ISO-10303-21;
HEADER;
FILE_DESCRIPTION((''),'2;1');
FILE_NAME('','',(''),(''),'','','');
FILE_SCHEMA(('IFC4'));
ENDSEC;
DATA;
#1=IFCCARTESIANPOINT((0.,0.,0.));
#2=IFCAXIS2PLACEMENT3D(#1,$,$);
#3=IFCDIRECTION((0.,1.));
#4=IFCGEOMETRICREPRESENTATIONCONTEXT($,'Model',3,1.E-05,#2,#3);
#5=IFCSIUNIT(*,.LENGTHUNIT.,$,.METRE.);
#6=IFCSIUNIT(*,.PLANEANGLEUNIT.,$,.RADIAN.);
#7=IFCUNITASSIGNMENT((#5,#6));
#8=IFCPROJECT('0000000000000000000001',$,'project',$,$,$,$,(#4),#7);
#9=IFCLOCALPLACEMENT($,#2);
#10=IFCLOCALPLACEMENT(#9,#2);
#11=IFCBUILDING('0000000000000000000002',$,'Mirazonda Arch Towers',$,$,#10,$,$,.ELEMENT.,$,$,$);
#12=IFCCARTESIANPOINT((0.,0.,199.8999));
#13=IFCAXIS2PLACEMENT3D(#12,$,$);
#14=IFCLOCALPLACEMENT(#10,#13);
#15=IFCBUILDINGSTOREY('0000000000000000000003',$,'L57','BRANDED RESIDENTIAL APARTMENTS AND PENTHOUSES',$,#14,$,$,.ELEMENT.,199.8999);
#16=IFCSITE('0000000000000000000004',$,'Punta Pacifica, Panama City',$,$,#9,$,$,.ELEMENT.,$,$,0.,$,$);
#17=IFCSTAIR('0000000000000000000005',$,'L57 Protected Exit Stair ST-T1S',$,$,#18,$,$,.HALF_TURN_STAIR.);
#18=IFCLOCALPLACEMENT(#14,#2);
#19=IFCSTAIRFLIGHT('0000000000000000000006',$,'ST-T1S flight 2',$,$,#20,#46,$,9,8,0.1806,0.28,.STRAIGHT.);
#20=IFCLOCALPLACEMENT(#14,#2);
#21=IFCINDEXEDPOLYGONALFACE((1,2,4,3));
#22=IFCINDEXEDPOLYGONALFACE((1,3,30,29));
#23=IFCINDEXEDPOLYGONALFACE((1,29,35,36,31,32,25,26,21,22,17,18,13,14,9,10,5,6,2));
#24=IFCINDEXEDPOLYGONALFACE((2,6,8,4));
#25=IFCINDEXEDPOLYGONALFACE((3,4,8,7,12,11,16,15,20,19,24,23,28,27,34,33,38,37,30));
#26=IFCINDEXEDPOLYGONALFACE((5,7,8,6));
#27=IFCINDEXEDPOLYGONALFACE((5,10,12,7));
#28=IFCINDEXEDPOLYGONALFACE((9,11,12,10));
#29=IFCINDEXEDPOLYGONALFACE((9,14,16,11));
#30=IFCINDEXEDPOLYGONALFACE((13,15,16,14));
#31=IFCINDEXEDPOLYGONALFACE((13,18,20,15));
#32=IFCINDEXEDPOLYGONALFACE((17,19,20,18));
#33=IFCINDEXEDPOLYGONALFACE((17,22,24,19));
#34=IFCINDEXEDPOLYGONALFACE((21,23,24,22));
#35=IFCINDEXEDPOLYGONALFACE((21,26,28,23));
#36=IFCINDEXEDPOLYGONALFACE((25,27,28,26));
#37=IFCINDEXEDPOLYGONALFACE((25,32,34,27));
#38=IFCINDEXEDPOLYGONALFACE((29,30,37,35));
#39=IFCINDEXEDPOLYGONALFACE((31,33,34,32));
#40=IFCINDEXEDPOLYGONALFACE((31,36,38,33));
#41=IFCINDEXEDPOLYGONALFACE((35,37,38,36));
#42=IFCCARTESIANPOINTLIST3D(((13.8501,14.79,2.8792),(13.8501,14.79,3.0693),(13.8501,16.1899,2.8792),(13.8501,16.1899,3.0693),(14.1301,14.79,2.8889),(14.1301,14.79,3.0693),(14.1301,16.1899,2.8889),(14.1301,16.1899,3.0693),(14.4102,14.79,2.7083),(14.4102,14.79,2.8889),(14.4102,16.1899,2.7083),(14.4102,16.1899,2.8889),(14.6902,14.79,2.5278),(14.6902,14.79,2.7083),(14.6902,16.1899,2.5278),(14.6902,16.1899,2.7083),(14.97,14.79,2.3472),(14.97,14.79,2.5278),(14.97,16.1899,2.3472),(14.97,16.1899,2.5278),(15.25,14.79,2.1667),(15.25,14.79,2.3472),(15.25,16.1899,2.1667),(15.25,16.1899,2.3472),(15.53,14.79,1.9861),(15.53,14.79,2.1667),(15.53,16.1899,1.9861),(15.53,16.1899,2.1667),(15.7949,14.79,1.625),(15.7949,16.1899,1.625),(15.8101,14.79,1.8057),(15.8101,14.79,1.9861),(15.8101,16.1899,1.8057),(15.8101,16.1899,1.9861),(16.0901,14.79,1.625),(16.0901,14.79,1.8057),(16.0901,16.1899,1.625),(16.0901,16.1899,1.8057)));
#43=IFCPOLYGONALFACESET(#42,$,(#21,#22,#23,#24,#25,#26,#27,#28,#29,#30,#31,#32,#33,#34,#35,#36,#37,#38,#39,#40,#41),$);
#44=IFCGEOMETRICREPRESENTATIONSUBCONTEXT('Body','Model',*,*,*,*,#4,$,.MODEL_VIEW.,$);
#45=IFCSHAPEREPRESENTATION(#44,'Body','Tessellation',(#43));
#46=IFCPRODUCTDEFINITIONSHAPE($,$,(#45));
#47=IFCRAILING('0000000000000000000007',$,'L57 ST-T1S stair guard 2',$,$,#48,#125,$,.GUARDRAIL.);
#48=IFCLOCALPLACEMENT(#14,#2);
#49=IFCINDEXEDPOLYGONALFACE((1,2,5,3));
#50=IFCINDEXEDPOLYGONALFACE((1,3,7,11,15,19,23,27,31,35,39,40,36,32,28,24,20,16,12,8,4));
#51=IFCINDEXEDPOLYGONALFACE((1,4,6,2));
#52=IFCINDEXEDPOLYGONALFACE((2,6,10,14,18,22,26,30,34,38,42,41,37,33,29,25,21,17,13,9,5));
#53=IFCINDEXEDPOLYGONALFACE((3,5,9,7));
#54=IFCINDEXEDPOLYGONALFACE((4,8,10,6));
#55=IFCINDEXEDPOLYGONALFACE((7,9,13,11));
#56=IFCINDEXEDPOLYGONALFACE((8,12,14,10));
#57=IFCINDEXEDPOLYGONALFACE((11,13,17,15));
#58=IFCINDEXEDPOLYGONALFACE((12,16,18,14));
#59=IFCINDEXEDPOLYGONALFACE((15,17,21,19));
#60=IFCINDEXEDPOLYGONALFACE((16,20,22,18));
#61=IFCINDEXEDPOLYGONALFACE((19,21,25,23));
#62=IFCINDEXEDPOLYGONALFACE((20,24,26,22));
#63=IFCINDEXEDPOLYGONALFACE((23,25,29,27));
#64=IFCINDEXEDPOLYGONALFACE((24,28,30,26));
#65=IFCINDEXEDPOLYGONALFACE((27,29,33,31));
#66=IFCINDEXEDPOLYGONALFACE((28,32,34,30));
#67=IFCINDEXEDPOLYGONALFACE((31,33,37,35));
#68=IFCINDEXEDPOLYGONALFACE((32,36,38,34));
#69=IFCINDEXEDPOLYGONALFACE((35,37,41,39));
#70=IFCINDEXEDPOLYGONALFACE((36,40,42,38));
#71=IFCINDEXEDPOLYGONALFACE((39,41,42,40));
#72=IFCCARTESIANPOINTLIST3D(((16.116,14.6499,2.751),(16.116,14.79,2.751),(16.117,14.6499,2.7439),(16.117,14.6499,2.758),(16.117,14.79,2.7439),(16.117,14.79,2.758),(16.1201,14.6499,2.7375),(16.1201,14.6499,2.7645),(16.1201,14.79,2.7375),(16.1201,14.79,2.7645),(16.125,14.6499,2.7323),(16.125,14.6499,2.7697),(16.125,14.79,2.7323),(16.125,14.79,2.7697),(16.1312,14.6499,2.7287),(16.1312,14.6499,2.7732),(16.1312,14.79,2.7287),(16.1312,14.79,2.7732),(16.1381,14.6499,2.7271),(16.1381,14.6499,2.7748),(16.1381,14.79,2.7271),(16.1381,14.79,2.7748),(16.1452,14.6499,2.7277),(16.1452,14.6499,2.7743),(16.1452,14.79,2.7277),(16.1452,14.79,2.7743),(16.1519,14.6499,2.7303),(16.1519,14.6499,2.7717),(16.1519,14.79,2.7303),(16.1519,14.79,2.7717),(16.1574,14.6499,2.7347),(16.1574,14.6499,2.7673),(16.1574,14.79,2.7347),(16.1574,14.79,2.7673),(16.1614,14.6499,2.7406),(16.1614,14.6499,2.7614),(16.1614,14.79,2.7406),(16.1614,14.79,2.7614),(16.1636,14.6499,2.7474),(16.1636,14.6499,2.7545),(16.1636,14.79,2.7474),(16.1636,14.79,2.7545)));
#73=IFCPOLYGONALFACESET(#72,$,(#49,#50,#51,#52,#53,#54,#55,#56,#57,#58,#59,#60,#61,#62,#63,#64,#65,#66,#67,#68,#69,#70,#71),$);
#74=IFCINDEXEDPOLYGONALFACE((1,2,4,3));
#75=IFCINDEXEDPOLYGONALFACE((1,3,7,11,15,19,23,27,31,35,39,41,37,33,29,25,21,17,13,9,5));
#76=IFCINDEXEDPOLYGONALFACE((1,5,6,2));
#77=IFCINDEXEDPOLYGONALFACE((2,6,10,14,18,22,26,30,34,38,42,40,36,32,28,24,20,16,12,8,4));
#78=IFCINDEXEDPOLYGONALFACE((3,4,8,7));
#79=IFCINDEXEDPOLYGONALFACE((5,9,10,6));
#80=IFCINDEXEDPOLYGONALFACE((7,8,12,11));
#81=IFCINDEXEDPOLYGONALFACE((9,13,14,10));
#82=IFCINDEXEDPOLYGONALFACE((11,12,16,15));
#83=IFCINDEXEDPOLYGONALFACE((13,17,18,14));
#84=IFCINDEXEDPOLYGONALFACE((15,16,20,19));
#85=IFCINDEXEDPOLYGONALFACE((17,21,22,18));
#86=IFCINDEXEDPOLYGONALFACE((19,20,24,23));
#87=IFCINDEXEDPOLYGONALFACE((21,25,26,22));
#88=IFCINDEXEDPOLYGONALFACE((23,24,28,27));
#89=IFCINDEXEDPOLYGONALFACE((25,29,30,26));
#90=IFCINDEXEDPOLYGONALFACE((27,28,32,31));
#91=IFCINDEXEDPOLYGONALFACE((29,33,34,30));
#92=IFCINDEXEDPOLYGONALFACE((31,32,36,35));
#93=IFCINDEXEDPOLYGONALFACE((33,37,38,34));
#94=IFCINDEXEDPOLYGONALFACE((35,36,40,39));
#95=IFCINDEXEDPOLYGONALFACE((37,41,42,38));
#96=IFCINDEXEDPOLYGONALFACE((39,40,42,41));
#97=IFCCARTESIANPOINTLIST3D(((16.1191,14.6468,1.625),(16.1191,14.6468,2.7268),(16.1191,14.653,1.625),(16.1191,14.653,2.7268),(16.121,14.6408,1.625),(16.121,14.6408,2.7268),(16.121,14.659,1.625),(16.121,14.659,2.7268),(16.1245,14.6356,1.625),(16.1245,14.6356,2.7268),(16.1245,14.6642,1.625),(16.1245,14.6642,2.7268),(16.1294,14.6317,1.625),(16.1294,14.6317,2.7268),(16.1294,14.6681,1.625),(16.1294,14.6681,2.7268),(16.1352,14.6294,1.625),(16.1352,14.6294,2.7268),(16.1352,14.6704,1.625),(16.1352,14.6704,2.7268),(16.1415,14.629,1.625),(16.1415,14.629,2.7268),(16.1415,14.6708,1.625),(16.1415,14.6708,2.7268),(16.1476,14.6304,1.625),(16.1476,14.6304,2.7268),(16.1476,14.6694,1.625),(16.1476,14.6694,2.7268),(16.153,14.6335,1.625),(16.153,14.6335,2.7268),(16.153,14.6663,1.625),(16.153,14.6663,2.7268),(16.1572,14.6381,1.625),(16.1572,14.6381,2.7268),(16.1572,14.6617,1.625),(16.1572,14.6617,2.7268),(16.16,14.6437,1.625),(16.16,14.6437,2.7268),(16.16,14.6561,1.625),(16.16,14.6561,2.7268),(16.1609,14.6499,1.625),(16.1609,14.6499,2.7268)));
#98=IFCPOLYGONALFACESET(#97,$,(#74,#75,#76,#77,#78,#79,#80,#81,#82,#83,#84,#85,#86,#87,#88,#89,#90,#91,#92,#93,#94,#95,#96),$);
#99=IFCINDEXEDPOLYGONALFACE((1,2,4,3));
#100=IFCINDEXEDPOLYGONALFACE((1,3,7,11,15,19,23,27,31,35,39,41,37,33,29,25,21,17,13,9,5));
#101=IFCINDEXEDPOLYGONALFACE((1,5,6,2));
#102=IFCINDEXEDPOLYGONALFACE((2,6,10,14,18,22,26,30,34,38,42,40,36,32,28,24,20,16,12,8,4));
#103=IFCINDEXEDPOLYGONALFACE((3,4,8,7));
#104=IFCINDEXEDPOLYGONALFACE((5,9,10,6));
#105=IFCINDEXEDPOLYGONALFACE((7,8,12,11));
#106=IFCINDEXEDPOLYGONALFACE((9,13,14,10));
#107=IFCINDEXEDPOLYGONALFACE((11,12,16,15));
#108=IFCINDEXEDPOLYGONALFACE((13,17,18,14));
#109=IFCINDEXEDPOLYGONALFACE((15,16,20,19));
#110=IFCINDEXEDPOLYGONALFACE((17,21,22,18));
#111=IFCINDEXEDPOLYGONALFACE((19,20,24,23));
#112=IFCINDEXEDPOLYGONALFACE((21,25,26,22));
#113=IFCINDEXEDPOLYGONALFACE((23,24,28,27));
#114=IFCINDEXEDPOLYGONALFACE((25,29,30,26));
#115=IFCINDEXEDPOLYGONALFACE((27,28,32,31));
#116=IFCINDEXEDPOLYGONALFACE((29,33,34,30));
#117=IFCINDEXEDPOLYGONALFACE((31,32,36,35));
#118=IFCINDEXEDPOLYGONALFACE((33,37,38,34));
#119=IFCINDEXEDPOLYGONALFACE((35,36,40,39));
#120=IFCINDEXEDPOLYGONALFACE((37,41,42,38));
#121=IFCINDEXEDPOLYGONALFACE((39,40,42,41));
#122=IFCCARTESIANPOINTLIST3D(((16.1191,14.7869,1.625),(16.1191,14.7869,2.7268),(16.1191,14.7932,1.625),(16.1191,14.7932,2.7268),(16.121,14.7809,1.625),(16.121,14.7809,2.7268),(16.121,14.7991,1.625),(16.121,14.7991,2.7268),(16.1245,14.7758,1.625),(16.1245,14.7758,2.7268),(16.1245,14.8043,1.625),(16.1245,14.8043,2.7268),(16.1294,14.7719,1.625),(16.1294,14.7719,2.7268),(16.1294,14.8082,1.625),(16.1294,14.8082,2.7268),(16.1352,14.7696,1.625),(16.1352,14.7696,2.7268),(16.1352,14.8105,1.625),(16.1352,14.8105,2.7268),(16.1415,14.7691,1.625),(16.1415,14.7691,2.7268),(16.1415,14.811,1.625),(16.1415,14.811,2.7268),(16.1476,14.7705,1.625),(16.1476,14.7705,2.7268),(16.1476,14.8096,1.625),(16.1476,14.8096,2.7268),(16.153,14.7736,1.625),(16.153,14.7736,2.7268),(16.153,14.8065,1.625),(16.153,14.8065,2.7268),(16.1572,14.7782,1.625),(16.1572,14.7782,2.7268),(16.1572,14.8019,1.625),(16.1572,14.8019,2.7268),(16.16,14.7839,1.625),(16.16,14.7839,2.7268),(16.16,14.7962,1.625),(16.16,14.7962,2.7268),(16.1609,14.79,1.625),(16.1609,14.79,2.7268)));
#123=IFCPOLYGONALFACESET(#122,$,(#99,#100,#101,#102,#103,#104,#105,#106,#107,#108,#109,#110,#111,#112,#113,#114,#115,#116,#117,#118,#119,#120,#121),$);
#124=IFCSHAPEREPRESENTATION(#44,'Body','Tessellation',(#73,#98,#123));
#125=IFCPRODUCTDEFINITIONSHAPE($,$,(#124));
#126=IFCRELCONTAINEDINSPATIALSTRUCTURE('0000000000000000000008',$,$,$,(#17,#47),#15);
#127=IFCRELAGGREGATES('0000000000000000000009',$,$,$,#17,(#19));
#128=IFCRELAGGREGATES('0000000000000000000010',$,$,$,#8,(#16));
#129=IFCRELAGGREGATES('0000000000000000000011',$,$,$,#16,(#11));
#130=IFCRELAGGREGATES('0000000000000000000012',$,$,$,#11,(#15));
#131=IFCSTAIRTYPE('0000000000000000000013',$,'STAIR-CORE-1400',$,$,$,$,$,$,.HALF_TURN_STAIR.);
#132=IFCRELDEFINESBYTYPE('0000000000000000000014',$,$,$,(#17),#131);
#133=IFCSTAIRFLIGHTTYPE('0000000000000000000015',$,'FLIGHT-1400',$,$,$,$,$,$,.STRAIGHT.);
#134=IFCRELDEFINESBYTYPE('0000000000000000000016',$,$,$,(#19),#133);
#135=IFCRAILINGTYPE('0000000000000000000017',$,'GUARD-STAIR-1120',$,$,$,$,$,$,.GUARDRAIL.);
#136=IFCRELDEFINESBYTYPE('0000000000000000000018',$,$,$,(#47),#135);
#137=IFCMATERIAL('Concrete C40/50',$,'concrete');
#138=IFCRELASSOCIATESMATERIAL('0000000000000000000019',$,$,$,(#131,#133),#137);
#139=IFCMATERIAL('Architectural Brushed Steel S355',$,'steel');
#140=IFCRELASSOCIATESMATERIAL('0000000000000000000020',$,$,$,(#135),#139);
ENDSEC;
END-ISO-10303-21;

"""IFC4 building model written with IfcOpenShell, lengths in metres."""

from ifc_helpers import new_model, si_unit, direction, frame, origin, origin_2d, place, context, subcontext, project, spatial, polyline, circle, outline, extrude, material, type_object, element, aggregate, save


model = new_model("IFC4")

# Units and contexts
model_context = context("Model", 3, precision=1e-05, world=origin(), true_north=direction((0.0, 1.0)))
body_context = subcontext(model_context, "Body", "Model", "MODEL_VIEW")
ifc_project = project(units=[si_unit("LENGTHUNIT", "METRE"), si_unit("PLANEANGLEUNIT", "RADIAN")], contexts=[model_context])

# Site, building, storey
site_placement = place(None, origin())
site = spatial("IfcSite", under=ifc_project, at=site_placement, Name="Punta Pacifica, Panama City", CompositionType="ELEMENT", RefElevation=0.0)
building_placement = place(site_placement, origin())
building = spatial("IfcBuilding", under=site, at=building_placement, Name="Mirazonda Arch Towers", CompositionType="ELEMENT")
storey_placement = place(building_placement, frame((0.0, 0.0, 199.8999)))
storey = spatial("IfcBuildingStorey", under=building, at=storey_placement, Name="L57", Description="BRANDED RESIDENTIAL APARTMENTS AND PENTHOUSES", CompositionType="ELEMENT", Elevation=199.8999)

# Shared definitions
ifc_material_1 = material(Name="Concrete C40/50", Category="concrete")

# Shared definitions
ifc_material_2 = material(Name="Architectural Brushed Steel S355", Category="steel")

# Stair, stair flight
stair_type = type_object("IfcStairType", Name="STAIR-CORE-1400", PredefinedType="HALF_TURN_STAIR", material=ifc_material_1)
stair_placement = place(storey_placement, origin())
stair = element("IfcStair", 1, at=stair_placement, inside=storey, type_object=stair_type, Name="L57 Protected Exit Stair ST-T1S", PredefinedType="HALF_TURN_STAIR")
stair_flight_type = type_object("IfcStairFlightType", Name="FLIGHT-1400", PredefinedType="STRAIGHT", material=ifc_material_1)
stair_flight_placement = place(storey_placement, frame((16.0901, 15.49, 1.625), z_axis=(0.0, 0.0, 1.0), x_axis=(-1.0, 0.0, 0.0)))
stair_flight = element("IfcStairFlight", 2, at=stair_flight_placement, type_object=stair_flight_type, Name="ST-T1S flight 2", NumberOfRisers=9, NumberOfTreads=8, PredefinedType="STRAIGHT", RiserHeight=0.1806, TreadLength=0.28, context=body_context, shape_type="SweptSolid", body=[
    extrude(outline(polyline([(0.0, 0.0), (0.0, 0.1807), (0.28, 0.1807), (0.28, 0.3611), (0.5601, 0.3611), (0.5601, 0.5417), (0.8401, 0.5417), (0.8401, 0.7222), (1.1201, 0.7222), (1.1201, 0.9028), (1.3999, 0.9028), (1.3999, 1.0833), (1.6799, 1.0833), (1.6799, 1.2639), (1.96, 1.2639), (1.96, 1.4443), (2.24, 1.4443), (2.24, 1.625), (2.24, 1.2542), (0.2952, 0.0), (0.0, 0.0)])), frame((0.0, 0.7, 0.0), z_axis=(0.0, -1.0, 0.0), x_axis=(1.0, 0.0, 0.0)), (0.0, 0.0, 1.0), 1.3999),
])
aggregate(stair, [stair_flight])

# Railing
railing_type_1 = type_object("IfcRailingType", Name="GUARD-STAIR-1120", PredefinedType="GUARDRAIL", material=ifc_material_2)
railing_1_placement = place(storey_placement, frame((16.1399, 14.6499, 1.625)))
element("IfcRailing", 3, at=railing_1_placement, inside=storey, type_object=railing_type_1, Name="L57 ST-T1S stair guard 2", PredefinedType="GUARDRAIL", context=body_context, shape_type="SweptSolid", body=[
    extrude(circle(Radius=0.0239, at=origin_2d()), frame((0.0, 0.0, 1.126), z_axis=(0.0, 1.0, 0.0), x_axis=(-1.0, 0.0, 0.0)), (0.0, 0.0, 1.0), 0.1401),
    extrude(circle(Radius=0.021, at=origin_2d()), origin(), (0.0, 0.0, 1.0), 1.1018),
    extrude(circle(Radius=0.021, at=origin_2d()), frame((0.0, 0.1401, 0.0)), (0.0, 0.0, 1.0), 1.1018),
])

save(model, "model.ifc")
